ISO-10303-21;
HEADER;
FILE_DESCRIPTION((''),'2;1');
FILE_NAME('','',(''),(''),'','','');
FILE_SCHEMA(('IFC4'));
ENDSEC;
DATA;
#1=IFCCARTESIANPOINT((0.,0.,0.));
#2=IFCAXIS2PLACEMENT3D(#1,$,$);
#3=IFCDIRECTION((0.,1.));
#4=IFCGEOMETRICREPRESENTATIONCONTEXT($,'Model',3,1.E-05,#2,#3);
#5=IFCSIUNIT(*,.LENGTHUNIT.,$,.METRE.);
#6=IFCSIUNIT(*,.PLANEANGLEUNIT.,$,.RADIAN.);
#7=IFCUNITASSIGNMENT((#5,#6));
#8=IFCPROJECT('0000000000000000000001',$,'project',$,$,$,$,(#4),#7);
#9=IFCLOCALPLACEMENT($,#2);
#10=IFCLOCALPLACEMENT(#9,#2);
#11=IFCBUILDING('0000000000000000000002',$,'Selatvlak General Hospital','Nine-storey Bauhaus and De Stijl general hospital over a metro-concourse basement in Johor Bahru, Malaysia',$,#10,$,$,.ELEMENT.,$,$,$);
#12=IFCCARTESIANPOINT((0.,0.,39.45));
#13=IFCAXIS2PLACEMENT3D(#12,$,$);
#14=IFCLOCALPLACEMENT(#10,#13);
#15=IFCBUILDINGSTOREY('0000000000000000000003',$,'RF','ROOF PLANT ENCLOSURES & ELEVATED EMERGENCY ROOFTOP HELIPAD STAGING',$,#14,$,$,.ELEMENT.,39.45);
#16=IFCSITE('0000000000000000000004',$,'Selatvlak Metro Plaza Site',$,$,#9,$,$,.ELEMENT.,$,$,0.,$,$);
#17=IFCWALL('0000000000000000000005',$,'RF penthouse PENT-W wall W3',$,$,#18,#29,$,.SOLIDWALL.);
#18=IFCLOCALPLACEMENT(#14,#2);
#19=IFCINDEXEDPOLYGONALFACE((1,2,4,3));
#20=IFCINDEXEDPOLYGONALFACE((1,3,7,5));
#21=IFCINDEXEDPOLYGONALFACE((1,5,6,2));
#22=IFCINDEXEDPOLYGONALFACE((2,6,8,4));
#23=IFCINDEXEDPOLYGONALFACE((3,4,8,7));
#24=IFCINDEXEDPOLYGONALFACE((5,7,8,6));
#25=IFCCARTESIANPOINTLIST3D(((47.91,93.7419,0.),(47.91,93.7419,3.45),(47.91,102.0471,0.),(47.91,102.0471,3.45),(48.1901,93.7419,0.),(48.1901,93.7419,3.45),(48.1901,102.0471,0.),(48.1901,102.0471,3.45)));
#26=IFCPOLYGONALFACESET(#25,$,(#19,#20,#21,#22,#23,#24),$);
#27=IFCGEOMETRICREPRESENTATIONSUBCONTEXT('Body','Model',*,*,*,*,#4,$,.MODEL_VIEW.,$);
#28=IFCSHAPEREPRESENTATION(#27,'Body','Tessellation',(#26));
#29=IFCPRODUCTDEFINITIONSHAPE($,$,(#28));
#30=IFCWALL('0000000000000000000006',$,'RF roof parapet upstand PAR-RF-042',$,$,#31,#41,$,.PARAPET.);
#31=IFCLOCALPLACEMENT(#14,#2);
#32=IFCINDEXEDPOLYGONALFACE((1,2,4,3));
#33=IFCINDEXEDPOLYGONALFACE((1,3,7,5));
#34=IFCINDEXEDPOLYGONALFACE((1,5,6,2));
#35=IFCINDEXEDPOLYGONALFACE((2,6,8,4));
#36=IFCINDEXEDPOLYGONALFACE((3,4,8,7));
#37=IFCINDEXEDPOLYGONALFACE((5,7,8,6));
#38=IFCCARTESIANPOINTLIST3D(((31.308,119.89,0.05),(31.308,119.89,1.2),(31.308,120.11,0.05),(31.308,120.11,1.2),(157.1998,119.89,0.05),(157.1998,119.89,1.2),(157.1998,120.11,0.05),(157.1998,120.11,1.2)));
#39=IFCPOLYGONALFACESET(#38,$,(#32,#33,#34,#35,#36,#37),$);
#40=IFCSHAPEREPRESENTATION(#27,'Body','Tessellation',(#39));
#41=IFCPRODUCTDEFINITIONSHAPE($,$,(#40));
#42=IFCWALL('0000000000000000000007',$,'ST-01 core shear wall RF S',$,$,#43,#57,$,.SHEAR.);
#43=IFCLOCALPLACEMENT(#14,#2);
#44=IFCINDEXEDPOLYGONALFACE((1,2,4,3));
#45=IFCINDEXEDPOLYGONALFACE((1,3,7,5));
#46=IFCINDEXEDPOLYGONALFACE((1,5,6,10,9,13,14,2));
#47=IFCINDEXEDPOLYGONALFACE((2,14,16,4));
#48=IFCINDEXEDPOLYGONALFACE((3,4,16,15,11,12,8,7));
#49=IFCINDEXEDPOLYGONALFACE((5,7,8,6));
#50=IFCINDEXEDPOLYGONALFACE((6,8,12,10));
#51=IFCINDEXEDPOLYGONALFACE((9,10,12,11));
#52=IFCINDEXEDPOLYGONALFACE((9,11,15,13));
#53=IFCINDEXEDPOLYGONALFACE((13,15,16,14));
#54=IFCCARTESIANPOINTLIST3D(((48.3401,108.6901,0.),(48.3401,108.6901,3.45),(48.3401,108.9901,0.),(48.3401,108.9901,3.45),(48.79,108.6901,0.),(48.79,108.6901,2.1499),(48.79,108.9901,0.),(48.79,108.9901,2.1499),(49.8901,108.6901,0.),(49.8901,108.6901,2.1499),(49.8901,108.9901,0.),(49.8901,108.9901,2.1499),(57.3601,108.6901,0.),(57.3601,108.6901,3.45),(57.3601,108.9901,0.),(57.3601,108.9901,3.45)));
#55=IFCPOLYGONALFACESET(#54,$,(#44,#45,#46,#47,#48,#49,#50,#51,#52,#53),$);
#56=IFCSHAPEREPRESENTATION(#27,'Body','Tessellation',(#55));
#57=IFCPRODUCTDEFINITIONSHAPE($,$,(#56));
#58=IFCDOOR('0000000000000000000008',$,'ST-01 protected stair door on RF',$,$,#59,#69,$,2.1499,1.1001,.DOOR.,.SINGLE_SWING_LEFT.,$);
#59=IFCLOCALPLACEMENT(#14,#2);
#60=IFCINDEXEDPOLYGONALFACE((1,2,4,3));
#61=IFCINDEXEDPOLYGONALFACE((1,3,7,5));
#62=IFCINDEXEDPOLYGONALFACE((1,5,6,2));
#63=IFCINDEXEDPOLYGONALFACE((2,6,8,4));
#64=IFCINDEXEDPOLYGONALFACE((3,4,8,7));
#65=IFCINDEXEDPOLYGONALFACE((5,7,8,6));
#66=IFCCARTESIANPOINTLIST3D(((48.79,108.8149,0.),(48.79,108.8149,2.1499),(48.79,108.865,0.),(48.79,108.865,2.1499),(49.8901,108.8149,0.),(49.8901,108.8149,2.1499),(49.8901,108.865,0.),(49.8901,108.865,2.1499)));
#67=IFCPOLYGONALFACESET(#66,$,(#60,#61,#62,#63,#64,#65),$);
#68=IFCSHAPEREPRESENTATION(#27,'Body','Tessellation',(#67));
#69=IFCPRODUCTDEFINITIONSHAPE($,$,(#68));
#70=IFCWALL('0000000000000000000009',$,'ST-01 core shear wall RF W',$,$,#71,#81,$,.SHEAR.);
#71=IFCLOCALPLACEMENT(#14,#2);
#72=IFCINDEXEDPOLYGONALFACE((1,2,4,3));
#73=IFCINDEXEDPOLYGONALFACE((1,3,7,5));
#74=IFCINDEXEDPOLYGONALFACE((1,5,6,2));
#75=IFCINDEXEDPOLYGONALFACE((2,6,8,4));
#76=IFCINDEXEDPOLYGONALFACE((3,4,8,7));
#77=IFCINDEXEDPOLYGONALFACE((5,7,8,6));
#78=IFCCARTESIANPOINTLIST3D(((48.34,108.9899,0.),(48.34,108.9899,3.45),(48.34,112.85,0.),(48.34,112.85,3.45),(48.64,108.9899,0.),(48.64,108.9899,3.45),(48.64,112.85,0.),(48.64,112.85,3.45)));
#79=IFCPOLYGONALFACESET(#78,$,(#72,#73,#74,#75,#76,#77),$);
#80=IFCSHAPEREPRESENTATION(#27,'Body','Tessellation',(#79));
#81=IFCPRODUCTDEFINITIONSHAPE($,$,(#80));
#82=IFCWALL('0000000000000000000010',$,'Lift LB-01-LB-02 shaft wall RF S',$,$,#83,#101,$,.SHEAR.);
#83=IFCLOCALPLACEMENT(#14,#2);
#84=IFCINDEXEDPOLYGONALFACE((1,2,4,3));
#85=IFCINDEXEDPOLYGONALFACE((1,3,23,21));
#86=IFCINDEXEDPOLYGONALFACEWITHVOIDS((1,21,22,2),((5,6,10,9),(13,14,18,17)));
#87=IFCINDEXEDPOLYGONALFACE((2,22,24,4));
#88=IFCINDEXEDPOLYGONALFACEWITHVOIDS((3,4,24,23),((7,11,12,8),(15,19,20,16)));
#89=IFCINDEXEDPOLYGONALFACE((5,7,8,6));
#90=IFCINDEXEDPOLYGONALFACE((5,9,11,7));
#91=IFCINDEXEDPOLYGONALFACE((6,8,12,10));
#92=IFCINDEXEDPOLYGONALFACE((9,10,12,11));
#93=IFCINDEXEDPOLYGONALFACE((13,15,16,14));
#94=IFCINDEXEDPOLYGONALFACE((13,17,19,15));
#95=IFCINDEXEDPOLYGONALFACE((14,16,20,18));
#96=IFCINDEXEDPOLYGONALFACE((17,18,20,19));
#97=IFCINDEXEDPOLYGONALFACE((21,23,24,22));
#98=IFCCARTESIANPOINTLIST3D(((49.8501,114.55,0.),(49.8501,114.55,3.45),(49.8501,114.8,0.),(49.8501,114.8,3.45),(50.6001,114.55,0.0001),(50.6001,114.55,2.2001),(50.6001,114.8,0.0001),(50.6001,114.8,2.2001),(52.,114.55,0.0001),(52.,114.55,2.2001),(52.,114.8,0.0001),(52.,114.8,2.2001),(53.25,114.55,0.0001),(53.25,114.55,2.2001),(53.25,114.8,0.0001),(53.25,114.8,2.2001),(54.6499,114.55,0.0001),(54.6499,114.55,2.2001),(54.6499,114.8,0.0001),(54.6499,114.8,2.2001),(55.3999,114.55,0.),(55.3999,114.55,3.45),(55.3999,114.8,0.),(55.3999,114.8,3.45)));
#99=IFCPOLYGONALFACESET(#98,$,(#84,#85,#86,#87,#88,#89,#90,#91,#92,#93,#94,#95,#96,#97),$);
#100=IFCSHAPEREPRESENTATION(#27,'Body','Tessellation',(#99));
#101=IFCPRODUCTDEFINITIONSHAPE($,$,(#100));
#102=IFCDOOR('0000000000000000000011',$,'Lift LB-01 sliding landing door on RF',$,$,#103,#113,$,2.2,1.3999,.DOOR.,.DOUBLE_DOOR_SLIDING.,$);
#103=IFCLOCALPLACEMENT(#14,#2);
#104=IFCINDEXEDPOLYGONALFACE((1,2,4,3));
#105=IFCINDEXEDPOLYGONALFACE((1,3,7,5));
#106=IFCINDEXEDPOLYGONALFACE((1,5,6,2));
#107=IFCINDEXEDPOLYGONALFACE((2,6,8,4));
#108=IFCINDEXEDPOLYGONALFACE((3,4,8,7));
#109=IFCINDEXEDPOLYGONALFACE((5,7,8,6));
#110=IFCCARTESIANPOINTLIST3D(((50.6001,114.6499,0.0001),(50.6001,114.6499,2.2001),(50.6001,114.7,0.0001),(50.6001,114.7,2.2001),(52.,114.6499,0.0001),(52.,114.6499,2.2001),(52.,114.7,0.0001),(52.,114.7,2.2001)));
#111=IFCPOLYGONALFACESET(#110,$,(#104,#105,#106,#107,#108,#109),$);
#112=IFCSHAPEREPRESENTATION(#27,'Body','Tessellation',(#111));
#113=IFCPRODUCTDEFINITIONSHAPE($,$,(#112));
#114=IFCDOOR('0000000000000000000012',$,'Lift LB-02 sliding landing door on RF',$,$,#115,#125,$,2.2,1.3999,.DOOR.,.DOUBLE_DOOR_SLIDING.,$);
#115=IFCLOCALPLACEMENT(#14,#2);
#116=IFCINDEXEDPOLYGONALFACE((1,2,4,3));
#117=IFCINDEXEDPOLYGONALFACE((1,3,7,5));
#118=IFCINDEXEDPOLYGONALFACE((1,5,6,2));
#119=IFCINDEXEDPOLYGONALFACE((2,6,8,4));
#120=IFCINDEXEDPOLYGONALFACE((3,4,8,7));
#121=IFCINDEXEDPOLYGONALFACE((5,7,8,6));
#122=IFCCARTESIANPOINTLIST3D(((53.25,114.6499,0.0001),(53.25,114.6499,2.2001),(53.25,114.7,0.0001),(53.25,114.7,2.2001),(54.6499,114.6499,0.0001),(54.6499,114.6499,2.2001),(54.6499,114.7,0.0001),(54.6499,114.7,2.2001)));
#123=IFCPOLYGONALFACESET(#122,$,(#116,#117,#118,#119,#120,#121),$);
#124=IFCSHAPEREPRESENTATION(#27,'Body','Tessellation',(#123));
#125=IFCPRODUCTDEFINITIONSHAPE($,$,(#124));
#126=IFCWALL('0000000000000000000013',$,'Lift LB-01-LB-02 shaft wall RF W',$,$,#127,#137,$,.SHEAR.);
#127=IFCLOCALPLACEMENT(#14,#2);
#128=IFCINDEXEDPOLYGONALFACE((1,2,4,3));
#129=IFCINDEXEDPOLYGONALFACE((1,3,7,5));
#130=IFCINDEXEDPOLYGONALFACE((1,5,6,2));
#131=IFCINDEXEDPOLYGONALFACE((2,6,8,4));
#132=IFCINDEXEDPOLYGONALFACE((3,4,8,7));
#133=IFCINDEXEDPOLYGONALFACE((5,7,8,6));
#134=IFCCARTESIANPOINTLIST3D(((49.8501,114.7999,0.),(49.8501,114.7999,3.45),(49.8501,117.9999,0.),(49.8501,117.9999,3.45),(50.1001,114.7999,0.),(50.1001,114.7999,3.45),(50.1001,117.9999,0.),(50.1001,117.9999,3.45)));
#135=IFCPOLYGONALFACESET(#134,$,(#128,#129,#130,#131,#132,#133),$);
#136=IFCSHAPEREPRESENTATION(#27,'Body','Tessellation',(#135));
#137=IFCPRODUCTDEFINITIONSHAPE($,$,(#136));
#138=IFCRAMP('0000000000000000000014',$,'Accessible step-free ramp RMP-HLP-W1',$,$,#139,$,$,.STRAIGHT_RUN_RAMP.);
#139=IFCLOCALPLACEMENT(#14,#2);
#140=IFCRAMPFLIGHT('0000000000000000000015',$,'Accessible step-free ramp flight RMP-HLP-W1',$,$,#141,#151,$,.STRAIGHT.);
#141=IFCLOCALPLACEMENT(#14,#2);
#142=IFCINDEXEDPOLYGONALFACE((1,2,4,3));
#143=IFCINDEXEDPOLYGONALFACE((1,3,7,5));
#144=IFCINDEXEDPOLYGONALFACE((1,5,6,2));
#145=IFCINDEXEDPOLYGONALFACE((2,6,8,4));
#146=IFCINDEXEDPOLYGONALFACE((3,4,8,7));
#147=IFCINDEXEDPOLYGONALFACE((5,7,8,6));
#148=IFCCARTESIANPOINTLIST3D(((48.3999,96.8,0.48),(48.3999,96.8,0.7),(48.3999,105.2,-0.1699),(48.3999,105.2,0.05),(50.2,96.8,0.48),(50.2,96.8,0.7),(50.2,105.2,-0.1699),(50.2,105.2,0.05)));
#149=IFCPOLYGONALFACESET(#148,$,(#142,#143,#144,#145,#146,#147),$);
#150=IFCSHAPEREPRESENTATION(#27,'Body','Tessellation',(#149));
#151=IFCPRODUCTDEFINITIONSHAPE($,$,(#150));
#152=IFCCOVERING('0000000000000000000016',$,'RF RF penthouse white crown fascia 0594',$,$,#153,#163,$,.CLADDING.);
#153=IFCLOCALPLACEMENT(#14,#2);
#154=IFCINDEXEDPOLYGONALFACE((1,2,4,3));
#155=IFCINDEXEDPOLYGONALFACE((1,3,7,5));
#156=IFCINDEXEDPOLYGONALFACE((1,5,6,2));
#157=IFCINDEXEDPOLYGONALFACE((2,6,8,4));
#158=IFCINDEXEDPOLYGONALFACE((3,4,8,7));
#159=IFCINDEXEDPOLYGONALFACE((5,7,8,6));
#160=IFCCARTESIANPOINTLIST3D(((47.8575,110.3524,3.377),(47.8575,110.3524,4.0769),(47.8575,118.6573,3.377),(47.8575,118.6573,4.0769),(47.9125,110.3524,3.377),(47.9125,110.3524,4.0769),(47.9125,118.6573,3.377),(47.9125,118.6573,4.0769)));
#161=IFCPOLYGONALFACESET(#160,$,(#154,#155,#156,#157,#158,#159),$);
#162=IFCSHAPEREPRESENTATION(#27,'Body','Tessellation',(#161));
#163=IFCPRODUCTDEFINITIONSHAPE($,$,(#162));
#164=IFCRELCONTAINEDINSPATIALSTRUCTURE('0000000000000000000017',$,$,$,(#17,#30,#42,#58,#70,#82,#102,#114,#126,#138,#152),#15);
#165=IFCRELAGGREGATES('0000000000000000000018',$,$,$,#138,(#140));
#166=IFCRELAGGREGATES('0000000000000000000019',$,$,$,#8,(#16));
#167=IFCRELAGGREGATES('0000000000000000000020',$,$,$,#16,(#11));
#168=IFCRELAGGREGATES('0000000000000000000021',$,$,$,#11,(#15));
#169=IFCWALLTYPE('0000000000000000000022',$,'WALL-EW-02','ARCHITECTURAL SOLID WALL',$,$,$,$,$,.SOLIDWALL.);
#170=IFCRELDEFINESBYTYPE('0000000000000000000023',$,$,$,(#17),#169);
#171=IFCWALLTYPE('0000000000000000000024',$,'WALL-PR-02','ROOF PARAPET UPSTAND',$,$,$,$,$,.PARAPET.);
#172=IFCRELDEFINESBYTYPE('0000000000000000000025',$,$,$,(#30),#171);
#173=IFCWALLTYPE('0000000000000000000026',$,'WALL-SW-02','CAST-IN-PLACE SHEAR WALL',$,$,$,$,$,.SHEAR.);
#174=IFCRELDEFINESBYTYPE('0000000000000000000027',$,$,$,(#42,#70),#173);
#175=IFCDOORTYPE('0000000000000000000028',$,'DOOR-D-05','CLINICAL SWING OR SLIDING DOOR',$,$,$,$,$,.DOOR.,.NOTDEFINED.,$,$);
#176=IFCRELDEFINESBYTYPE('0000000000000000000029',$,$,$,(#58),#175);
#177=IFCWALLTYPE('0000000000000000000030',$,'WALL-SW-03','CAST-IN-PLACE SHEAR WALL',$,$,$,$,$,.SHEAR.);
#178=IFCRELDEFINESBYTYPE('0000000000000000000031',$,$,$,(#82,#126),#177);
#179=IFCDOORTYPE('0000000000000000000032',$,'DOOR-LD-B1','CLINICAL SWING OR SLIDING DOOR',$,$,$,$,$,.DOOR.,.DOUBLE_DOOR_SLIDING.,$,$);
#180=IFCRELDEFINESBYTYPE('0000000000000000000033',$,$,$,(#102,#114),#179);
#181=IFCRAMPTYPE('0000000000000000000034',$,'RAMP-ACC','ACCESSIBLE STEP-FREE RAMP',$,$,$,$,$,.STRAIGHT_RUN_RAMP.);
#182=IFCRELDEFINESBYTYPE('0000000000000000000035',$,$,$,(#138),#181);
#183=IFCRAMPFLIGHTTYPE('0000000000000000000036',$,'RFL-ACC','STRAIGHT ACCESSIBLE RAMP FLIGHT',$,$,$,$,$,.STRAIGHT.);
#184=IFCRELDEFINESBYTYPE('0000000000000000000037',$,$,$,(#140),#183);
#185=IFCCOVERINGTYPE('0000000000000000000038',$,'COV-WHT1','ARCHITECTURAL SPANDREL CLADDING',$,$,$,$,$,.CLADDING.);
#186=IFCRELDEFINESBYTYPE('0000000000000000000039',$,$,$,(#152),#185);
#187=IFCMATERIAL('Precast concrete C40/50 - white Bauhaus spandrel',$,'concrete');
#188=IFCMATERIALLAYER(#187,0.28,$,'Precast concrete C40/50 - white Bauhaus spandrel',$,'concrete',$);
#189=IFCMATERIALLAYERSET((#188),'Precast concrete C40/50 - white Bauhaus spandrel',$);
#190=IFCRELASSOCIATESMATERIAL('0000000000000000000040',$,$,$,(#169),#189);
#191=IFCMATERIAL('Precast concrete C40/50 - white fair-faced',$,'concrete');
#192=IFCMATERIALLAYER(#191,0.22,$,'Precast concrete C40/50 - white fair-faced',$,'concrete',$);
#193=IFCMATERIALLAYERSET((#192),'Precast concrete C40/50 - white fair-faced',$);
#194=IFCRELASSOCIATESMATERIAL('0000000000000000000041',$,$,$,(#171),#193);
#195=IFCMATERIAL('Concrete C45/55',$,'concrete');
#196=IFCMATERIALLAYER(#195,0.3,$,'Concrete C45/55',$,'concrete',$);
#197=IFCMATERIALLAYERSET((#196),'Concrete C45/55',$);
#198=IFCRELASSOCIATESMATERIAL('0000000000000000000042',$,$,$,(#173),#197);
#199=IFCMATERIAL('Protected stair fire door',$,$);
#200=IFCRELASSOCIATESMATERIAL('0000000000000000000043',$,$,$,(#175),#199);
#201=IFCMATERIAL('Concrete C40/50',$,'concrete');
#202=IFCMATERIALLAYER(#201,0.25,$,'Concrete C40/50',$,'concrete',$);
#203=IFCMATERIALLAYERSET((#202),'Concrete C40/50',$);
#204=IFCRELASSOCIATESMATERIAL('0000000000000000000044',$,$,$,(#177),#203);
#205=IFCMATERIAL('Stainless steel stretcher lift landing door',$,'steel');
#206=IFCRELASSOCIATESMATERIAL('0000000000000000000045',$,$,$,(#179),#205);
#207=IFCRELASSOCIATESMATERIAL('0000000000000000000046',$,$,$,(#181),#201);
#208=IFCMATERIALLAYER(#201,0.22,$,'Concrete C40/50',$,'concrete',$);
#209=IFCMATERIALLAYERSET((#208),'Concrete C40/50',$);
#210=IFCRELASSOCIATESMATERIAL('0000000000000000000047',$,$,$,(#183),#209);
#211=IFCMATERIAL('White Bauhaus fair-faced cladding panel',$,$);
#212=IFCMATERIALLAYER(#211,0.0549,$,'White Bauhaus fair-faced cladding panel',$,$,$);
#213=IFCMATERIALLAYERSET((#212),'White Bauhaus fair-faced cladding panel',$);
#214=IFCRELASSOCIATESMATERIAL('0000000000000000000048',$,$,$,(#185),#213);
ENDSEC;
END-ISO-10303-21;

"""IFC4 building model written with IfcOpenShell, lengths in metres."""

from ifc_helpers import new_model, si_unit, direction, frame, frame_2d, origin, origin_2d, place, context, subcontext, project, spatial, polyline, rectangle, outline, extrude, material, layer, layer_set, type_object, element, fill, aggregate, save


model = new_model("IFC4")

# Units and contexts
model_context = context("Model", 3, precision=1e-05, world=origin(), true_north=direction((0.0, 1.0)))
body_context = subcontext(model_context, "Body", "Model", "MODEL_VIEW")
ifc_project = project(units=[si_unit("LENGTHUNIT", "METRE"), si_unit("PLANEANGLEUNIT", "RADIAN")], contexts=[model_context])

# Site, building, storey
site_placement = place(None, origin())
site = spatial("IfcSite", under=ifc_project, at=site_placement, Name="Selatvlak Metro Plaza Site", CompositionType="ELEMENT", RefElevation=0.0)
building_placement = place(site_placement, origin())
building = spatial("IfcBuilding", under=site, at=building_placement, Name="Selatvlak General Hospital", Description="Nine-storey Bauhaus and De Stijl general hospital over a metro-concourse basement in Johor Bahru, Malaysia", CompositionType="ELEMENT")
storey_placement = place(building_placement, frame((0.0, 0.0, 39.45)))
storey = spatial("IfcBuildingStorey", under=building, at=storey_placement, Name="RF", Description="ROOF PLANT ENCLOSURES & ELEVATED EMERGENCY ROOFTOP HELIPAD STAGING", CompositionType="ELEMENT", Elevation=39.45)

# Shared definitions
ifc_material_1 = material(Name="Concrete C40/50", Category="concrete")

# Walls
ifc_material_2 = material(Name="Precast concrete C40/50 - white Bauhaus spandrel", Category="concrete")
ifc_layer_1 = layer(ifc_material_2, 0.28, Name="Precast concrete C40/50 - white Bauhaus spandrel", Category="concrete")
ifc_layer_set_1 = layer_set([ifc_layer_1], Name="Precast concrete C40/50 - white Bauhaus spandrel")
wall_type_1 = type_object("IfcWallType", Name="WALL-EW-02", Description="ARCHITECTURAL SOLID WALL", PredefinedType="SOLIDWALL", material=ifc_layer_set_1)
wall_1_placement = place(storey_placement, frame((48.05, 102.0471, 0.0), z_axis=(0.0, 0.0, 1.0), x_axis=(0.0, -1.0, 0.0)))
element("IfcWall", 1, at=wall_1_placement, inside=storey, type_object=wall_type_1, Name="RF penthouse PENT-W wall W3", PredefinedType="SOLIDWALL", context=body_context, shape_type="SweptSolid", body=[
    extrude(rectangle(XDim=8.3052, YDim=0.28, at=frame_2d((4.1526, 0.0))), origin(), (0.0, 0.0, 1.0), 3.45),
])
ifc_material_3 = material(Name="Precast concrete C40/50 - white fair-faced", Category="concrete")
ifc_layer_2 = layer(ifc_material_3, 0.22, Name="Precast concrete C40/50 - white fair-faced", Category="concrete")
ifc_layer_set_2 = layer_set([ifc_layer_2], Name="Precast concrete C40/50 - white fair-faced")
wall_type_2 = type_object("IfcWallType", Name="WALL-PR-02", Description="ROOF PARAPET UPSTAND", PredefinedType="PARAPET", material=ifc_layer_set_2)
wall_2_placement = place(storey_placement, frame((31.3081, 120.0, 0.05), z_axis=(0.0, 0.0, 1.0), x_axis=(1.0, 0.0, 0.0)))
element("IfcWall", 2, at=wall_2_placement, inside=storey, type_object=wall_type_2, Name="RF roof parapet upstand PAR-RF-042", PredefinedType="PARAPET", context=body_context, shape_type="SweptSolid", body=[
    extrude(rectangle(XDim=125.8918, YDim=0.22, at=frame_2d((62.9458, 0.0))), origin(), (0.0, 0.0, 1.0), 1.1499),
])

# Wall, opening, door
ifc_material_4 = material(Name="Concrete C45/55", Category="concrete")
ifc_layer_3 = layer(ifc_material_4, 0.3, Name="Concrete C45/55", Category="concrete")
ifc_layer_set_3 = layer_set([ifc_layer_3], Name="Concrete C45/55")
wall_type_3 = type_object("IfcWallType", Name="WALL-SW-02", Description="CAST-IN-PLACE SHEAR WALL", PredefinedType="SHEAR", material=ifc_layer_set_3)
wall_3_placement = place(storey_placement, frame((48.3401, 108.8401, 0.0), z_axis=(0.0, 0.0, 1.0), x_axis=(1.0, 0.0, 0.0)))
wall_3 = element("IfcWall", 3, at=wall_3_placement, inside=storey, type_object=wall_type_3, Name="ST-01 core shear wall RF S", PredefinedType="SHEAR", context=body_context, shape_type="SweptSolid", body=[
    extrude(rectangle(XDim=9.02, YDim=0.3, at=frame_2d((4.51, 0.0))), origin(), (0.0, 0.0, 1.0), 3.45),
])
opening_1_placement = place(wall_3_placement, frame((0.45, 0.0, 0.0)))
opening_1 = element("IfcOpeningElement", 4, at=opening_1_placement, cuts=wall_3, PredefinedType="OPENING", context=body_context, shape_type="SweptSolid", body=[
    extrude(rectangle(XDim=1.1001, YDim=2.1499, at=frame_2d((0.55, 1.075))), frame((0.0, 0.1599, 0.0), z_axis=(0.0, -1.0, 0.0), x_axis=(1.0, 0.0, 0.0)), (0.0, 0.0, 1.0), 0.3201),
])
ifc_material_5 = material(Name="Protected stair fire door")
door_type_1 = type_object("IfcDoorType", Name="DOOR-D-05", Description="CLINICAL SWING OR SLIDING DOOR", OperationType="NOTDEFINED", PredefinedType="DOOR", material=ifc_material_5)
door_1_placement = place(opening_1_placement, origin())
door_1 = element("IfcDoor", 5, at=door_1_placement, inside=storey, type_object=door_type_1, Name="ST-01 protected stair door on RF", OperationType="SINGLE_SWING_LEFT", OverallHeight=2.1499, OverallWidth=1.1001, PredefinedType="DOOR", context=body_context, shape_type="SweptSolid", body=[
    extrude(rectangle(XDim=1.1001, YDim=2.1499, at=frame_2d((0.55, 1.075))), frame((0.0, 0.0249, 0.0), z_axis=(0.0, -1.0, 0.0), x_axis=(1.0, 0.0, 0.0)), (0.0, 0.0, 1.0), 0.05),
])
fill(opening_1, door_1)

# Wall
wall_4_placement = place(storey_placement, frame((48.49, 112.8501, 0.0), z_axis=(0.0, 0.0, 1.0), x_axis=(0.0, -1.0, 0.0)))
element("IfcWall", 6, at=wall_4_placement, inside=storey, type_object=wall_type_3, Name="ST-01 core shear wall RF W", PredefinedType="SHEAR", context=body_context, shape_type="SweptSolid", body=[
    extrude(rectangle(XDim=3.8601, YDim=0.3, at=frame_2d((1.9302, 0.0))), origin(), (0.0, 0.0, 1.0), 3.45),
])

# Wall, openings, doors
ifc_layer_4 = layer(ifc_material_1, 0.25, Name="Concrete C40/50", Category="concrete")
ifc_layer_set_4 = layer_set([ifc_layer_4], Name="Concrete C40/50")
wall_type_4 = type_object("IfcWallType", Name="WALL-SW-03", Description="CAST-IN-PLACE SHEAR WALL", PredefinedType="SHEAR", material=ifc_layer_set_4)
wall_5_placement = place(storey_placement, frame((49.8501, 114.675, 0.0), z_axis=(0.0, 0.0, 1.0), x_axis=(1.0, 0.0, 0.0)))
wall_5 = element("IfcWall", 7, at=wall_5_placement, inside=storey, type_object=wall_type_4, Name="Lift LB-01-LB-02 shaft wall RF S", PredefinedType="SHEAR", context=body_context, shape_type="SweptSolid", body=[
    extrude(rectangle(XDim=5.5498, YDim=0.25, at=frame_2d((2.7749, 0.0))), origin(), (0.0, 0.0, 1.0), 3.45),
])
opening_2_placement = place(wall_5_placement, frame((0.75, 0.0, 0.0)))
opening_2 = element("IfcOpeningElement", 8, at=opening_2_placement, cuts=wall_5, PredefinedType="OPENING", context=body_context, shape_type="SweptSolid", body=[
    extrude(rectangle(XDim=1.3999, YDim=2.2, at=frame_2d((0.7, 1.1001))), frame((0.0, 0.135, 0.0), z_axis=(0.0, -1.0, 0.0), x_axis=(1.0, 0.0, 0.0)), (0.0, 0.0, 1.0), 0.27),
])
opening_3_placement = place(wall_5_placement, frame((3.3999, 0.0, 0.0)))
opening_3 = element("IfcOpeningElement", 9, at=opening_3_placement, cuts=wall_5, PredefinedType="OPENING", context=body_context, shape_type="SweptSolid", body=[
    extrude(rectangle(XDim=1.3999, YDim=2.2, at=frame_2d((0.7, 1.1001))), frame((0.0, 0.135, 0.0), z_axis=(0.0, -1.0, 0.0), x_axis=(1.0, 0.0, 0.0)), (0.0, 0.0, 1.0), 0.27),
])
ifc_material_6 = material(Name="Stainless steel stretcher lift landing door", Category="steel")
door_type_2 = type_object("IfcDoorType", Name="DOOR-LD-B1", Description="CLINICAL SWING OR SLIDING DOOR", OperationType="DOUBLE_DOOR_SLIDING", PredefinedType="DOOR", material=ifc_material_6)
door_2_placement = place(opening_2_placement, origin())
door_2 = element("IfcDoor", 10, at=door_2_placement, inside=storey, type_object=door_type_2, Name="Lift LB-01 sliding landing door on RF", OperationType="DOUBLE_DOOR_SLIDING", OverallHeight=2.2, OverallWidth=1.3999, PredefinedType="DOOR", context=body_context, shape_type="SweptSolid", body=[
    extrude(rectangle(XDim=1.3999, YDim=2.2, at=frame_2d((0.7, 1.1001))), frame((0.0, 0.0249, 0.0), z_axis=(0.0, -1.0, 0.0), x_axis=(1.0, 0.0, 0.0)), (0.0, 0.0, 1.0), 0.05),
])
fill(opening_2, door_2)
door_3_placement = place(opening_3_placement, origin())
door_3 = element("IfcDoor", 11, at=door_3_placement, inside=storey, type_object=door_type_2, Name="Lift LB-02 sliding landing door on RF", OperationType="DOUBLE_DOOR_SLIDING", OverallHeight=2.2, OverallWidth=1.3999, PredefinedType="DOOR", context=body_context, shape_type="SweptSolid", body=[
    extrude(rectangle(XDim=1.3999, YDim=2.2, at=frame_2d((0.7, 1.1001))), frame((0.0, 0.0249, 0.0), z_axis=(0.0, -1.0, 0.0), x_axis=(1.0, 0.0, 0.0)), (0.0, 0.0, 1.0), 0.05),
])
fill(opening_3, door_3)

# Wall
wall_6_placement = place(storey_placement, frame((49.9751, 118.0, 0.0), z_axis=(0.0, 0.0, 1.0), x_axis=(0.0, -1.0, 0.0)))
element("IfcWall", 12, at=wall_6_placement, inside=storey, type_object=wall_type_4, Name="Lift LB-01-LB-02 shaft wall RF W", PredefinedType="SHEAR", context=body_context, shape_type="SweptSolid", body=[
    extrude(rectangle(XDim=3.2, YDim=0.25, at=frame_2d((1.6001, 0.0))), origin(), (0.0, 0.0, 1.0), 3.45),
])

# Ramp, ramp flight
ramp_type = type_object("IfcRampType", Name="RAMP-ACC", Description="ACCESSIBLE STEP-FREE RAMP", PredefinedType="STRAIGHT_RUN_RAMP", material=ifc_material_1)
ramp_placement = place(storey_placement, origin())
ramp = element("IfcRamp", 13, at=ramp_placement, inside=storey, type_object=ramp_type, Name="Accessible step-free ramp RMP-HLP-W1", PredefinedType="STRAIGHT_RUN_RAMP")
ifc_layer_5 = layer(ifc_material_1, 0.22, Name="Concrete C40/50", Category="concrete")
ifc_layer_set_5 = layer_set([ifc_layer_5], Name="Concrete C40/50")
ramp_flight_type = type_object("IfcRampFlightType", Name="RFL-ACC", Description="STRAIGHT ACCESSIBLE RAMP FLIGHT", PredefinedType="STRAIGHT", material=ifc_layer_set_5)
ramp_flight_placement = place(storey_placement, frame((49.3, 105.2, 0.05), z_axis=(0.0, 0.0, 1.0), x_axis=(0.0, -1.0, 0.0)))
ramp_flight = element("IfcRampFlight", 14, at=ramp_flight_placement, type_object=ramp_flight_type, Name="Accessible step-free ramp flight RMP-HLP-W1", PredefinedType="STRAIGHT", context=body_context, shape_type="SweptSolid", body=[
    extrude(outline(polyline([(0.0, -0.22), (8.3999, 0.4299), (8.3999, 0.6499), (0.0, 0.0), (0.0, -0.22)])), frame((0.0, 0.8999, 0.0), z_axis=(0.0, -1.0, 0.0), x_axis=(1.0, 0.0, 0.0)), (0.0, 0.0, 1.0), 1.8),
])
aggregate(ramp, [ramp_flight])

# Covering
ifc_material_7 = material(Name="White Bauhaus fair-faced cladding panel")
ifc_layer_6 = layer(ifc_material_7, 0.0549, Name="White Bauhaus fair-faced cladding panel")
ifc_layer_set_6 = layer_set([ifc_layer_6], Name="White Bauhaus fair-faced cladding panel")
covering_type = type_object("IfcCoveringType", Name="COV-WHT1", Description="ARCHITECTURAL SPANDREL CLADDING", PredefinedType="CLADDING", material=ifc_layer_set_6)
covering_1_placement = place(storey_placement, frame((47.885, 114.5049, 3.377), z_axis=(0.0, 0.0, 1.0), x_axis=(0.0, -1.0, 0.0)))
element("IfcCovering", 15, at=covering_1_placement, inside=storey, type_object=covering_type, Name="RF RF penthouse white crown fascia 0594", PredefinedType="CLADDING", context=body_context, shape_type="SweptSolid", body=[
    extrude(rectangle(XDim=8.3049, YDim=0.0549, at=origin_2d()), origin(), (0.0, 0.0, 1.0), 0.7),
])

save(model, "model.ifc")
